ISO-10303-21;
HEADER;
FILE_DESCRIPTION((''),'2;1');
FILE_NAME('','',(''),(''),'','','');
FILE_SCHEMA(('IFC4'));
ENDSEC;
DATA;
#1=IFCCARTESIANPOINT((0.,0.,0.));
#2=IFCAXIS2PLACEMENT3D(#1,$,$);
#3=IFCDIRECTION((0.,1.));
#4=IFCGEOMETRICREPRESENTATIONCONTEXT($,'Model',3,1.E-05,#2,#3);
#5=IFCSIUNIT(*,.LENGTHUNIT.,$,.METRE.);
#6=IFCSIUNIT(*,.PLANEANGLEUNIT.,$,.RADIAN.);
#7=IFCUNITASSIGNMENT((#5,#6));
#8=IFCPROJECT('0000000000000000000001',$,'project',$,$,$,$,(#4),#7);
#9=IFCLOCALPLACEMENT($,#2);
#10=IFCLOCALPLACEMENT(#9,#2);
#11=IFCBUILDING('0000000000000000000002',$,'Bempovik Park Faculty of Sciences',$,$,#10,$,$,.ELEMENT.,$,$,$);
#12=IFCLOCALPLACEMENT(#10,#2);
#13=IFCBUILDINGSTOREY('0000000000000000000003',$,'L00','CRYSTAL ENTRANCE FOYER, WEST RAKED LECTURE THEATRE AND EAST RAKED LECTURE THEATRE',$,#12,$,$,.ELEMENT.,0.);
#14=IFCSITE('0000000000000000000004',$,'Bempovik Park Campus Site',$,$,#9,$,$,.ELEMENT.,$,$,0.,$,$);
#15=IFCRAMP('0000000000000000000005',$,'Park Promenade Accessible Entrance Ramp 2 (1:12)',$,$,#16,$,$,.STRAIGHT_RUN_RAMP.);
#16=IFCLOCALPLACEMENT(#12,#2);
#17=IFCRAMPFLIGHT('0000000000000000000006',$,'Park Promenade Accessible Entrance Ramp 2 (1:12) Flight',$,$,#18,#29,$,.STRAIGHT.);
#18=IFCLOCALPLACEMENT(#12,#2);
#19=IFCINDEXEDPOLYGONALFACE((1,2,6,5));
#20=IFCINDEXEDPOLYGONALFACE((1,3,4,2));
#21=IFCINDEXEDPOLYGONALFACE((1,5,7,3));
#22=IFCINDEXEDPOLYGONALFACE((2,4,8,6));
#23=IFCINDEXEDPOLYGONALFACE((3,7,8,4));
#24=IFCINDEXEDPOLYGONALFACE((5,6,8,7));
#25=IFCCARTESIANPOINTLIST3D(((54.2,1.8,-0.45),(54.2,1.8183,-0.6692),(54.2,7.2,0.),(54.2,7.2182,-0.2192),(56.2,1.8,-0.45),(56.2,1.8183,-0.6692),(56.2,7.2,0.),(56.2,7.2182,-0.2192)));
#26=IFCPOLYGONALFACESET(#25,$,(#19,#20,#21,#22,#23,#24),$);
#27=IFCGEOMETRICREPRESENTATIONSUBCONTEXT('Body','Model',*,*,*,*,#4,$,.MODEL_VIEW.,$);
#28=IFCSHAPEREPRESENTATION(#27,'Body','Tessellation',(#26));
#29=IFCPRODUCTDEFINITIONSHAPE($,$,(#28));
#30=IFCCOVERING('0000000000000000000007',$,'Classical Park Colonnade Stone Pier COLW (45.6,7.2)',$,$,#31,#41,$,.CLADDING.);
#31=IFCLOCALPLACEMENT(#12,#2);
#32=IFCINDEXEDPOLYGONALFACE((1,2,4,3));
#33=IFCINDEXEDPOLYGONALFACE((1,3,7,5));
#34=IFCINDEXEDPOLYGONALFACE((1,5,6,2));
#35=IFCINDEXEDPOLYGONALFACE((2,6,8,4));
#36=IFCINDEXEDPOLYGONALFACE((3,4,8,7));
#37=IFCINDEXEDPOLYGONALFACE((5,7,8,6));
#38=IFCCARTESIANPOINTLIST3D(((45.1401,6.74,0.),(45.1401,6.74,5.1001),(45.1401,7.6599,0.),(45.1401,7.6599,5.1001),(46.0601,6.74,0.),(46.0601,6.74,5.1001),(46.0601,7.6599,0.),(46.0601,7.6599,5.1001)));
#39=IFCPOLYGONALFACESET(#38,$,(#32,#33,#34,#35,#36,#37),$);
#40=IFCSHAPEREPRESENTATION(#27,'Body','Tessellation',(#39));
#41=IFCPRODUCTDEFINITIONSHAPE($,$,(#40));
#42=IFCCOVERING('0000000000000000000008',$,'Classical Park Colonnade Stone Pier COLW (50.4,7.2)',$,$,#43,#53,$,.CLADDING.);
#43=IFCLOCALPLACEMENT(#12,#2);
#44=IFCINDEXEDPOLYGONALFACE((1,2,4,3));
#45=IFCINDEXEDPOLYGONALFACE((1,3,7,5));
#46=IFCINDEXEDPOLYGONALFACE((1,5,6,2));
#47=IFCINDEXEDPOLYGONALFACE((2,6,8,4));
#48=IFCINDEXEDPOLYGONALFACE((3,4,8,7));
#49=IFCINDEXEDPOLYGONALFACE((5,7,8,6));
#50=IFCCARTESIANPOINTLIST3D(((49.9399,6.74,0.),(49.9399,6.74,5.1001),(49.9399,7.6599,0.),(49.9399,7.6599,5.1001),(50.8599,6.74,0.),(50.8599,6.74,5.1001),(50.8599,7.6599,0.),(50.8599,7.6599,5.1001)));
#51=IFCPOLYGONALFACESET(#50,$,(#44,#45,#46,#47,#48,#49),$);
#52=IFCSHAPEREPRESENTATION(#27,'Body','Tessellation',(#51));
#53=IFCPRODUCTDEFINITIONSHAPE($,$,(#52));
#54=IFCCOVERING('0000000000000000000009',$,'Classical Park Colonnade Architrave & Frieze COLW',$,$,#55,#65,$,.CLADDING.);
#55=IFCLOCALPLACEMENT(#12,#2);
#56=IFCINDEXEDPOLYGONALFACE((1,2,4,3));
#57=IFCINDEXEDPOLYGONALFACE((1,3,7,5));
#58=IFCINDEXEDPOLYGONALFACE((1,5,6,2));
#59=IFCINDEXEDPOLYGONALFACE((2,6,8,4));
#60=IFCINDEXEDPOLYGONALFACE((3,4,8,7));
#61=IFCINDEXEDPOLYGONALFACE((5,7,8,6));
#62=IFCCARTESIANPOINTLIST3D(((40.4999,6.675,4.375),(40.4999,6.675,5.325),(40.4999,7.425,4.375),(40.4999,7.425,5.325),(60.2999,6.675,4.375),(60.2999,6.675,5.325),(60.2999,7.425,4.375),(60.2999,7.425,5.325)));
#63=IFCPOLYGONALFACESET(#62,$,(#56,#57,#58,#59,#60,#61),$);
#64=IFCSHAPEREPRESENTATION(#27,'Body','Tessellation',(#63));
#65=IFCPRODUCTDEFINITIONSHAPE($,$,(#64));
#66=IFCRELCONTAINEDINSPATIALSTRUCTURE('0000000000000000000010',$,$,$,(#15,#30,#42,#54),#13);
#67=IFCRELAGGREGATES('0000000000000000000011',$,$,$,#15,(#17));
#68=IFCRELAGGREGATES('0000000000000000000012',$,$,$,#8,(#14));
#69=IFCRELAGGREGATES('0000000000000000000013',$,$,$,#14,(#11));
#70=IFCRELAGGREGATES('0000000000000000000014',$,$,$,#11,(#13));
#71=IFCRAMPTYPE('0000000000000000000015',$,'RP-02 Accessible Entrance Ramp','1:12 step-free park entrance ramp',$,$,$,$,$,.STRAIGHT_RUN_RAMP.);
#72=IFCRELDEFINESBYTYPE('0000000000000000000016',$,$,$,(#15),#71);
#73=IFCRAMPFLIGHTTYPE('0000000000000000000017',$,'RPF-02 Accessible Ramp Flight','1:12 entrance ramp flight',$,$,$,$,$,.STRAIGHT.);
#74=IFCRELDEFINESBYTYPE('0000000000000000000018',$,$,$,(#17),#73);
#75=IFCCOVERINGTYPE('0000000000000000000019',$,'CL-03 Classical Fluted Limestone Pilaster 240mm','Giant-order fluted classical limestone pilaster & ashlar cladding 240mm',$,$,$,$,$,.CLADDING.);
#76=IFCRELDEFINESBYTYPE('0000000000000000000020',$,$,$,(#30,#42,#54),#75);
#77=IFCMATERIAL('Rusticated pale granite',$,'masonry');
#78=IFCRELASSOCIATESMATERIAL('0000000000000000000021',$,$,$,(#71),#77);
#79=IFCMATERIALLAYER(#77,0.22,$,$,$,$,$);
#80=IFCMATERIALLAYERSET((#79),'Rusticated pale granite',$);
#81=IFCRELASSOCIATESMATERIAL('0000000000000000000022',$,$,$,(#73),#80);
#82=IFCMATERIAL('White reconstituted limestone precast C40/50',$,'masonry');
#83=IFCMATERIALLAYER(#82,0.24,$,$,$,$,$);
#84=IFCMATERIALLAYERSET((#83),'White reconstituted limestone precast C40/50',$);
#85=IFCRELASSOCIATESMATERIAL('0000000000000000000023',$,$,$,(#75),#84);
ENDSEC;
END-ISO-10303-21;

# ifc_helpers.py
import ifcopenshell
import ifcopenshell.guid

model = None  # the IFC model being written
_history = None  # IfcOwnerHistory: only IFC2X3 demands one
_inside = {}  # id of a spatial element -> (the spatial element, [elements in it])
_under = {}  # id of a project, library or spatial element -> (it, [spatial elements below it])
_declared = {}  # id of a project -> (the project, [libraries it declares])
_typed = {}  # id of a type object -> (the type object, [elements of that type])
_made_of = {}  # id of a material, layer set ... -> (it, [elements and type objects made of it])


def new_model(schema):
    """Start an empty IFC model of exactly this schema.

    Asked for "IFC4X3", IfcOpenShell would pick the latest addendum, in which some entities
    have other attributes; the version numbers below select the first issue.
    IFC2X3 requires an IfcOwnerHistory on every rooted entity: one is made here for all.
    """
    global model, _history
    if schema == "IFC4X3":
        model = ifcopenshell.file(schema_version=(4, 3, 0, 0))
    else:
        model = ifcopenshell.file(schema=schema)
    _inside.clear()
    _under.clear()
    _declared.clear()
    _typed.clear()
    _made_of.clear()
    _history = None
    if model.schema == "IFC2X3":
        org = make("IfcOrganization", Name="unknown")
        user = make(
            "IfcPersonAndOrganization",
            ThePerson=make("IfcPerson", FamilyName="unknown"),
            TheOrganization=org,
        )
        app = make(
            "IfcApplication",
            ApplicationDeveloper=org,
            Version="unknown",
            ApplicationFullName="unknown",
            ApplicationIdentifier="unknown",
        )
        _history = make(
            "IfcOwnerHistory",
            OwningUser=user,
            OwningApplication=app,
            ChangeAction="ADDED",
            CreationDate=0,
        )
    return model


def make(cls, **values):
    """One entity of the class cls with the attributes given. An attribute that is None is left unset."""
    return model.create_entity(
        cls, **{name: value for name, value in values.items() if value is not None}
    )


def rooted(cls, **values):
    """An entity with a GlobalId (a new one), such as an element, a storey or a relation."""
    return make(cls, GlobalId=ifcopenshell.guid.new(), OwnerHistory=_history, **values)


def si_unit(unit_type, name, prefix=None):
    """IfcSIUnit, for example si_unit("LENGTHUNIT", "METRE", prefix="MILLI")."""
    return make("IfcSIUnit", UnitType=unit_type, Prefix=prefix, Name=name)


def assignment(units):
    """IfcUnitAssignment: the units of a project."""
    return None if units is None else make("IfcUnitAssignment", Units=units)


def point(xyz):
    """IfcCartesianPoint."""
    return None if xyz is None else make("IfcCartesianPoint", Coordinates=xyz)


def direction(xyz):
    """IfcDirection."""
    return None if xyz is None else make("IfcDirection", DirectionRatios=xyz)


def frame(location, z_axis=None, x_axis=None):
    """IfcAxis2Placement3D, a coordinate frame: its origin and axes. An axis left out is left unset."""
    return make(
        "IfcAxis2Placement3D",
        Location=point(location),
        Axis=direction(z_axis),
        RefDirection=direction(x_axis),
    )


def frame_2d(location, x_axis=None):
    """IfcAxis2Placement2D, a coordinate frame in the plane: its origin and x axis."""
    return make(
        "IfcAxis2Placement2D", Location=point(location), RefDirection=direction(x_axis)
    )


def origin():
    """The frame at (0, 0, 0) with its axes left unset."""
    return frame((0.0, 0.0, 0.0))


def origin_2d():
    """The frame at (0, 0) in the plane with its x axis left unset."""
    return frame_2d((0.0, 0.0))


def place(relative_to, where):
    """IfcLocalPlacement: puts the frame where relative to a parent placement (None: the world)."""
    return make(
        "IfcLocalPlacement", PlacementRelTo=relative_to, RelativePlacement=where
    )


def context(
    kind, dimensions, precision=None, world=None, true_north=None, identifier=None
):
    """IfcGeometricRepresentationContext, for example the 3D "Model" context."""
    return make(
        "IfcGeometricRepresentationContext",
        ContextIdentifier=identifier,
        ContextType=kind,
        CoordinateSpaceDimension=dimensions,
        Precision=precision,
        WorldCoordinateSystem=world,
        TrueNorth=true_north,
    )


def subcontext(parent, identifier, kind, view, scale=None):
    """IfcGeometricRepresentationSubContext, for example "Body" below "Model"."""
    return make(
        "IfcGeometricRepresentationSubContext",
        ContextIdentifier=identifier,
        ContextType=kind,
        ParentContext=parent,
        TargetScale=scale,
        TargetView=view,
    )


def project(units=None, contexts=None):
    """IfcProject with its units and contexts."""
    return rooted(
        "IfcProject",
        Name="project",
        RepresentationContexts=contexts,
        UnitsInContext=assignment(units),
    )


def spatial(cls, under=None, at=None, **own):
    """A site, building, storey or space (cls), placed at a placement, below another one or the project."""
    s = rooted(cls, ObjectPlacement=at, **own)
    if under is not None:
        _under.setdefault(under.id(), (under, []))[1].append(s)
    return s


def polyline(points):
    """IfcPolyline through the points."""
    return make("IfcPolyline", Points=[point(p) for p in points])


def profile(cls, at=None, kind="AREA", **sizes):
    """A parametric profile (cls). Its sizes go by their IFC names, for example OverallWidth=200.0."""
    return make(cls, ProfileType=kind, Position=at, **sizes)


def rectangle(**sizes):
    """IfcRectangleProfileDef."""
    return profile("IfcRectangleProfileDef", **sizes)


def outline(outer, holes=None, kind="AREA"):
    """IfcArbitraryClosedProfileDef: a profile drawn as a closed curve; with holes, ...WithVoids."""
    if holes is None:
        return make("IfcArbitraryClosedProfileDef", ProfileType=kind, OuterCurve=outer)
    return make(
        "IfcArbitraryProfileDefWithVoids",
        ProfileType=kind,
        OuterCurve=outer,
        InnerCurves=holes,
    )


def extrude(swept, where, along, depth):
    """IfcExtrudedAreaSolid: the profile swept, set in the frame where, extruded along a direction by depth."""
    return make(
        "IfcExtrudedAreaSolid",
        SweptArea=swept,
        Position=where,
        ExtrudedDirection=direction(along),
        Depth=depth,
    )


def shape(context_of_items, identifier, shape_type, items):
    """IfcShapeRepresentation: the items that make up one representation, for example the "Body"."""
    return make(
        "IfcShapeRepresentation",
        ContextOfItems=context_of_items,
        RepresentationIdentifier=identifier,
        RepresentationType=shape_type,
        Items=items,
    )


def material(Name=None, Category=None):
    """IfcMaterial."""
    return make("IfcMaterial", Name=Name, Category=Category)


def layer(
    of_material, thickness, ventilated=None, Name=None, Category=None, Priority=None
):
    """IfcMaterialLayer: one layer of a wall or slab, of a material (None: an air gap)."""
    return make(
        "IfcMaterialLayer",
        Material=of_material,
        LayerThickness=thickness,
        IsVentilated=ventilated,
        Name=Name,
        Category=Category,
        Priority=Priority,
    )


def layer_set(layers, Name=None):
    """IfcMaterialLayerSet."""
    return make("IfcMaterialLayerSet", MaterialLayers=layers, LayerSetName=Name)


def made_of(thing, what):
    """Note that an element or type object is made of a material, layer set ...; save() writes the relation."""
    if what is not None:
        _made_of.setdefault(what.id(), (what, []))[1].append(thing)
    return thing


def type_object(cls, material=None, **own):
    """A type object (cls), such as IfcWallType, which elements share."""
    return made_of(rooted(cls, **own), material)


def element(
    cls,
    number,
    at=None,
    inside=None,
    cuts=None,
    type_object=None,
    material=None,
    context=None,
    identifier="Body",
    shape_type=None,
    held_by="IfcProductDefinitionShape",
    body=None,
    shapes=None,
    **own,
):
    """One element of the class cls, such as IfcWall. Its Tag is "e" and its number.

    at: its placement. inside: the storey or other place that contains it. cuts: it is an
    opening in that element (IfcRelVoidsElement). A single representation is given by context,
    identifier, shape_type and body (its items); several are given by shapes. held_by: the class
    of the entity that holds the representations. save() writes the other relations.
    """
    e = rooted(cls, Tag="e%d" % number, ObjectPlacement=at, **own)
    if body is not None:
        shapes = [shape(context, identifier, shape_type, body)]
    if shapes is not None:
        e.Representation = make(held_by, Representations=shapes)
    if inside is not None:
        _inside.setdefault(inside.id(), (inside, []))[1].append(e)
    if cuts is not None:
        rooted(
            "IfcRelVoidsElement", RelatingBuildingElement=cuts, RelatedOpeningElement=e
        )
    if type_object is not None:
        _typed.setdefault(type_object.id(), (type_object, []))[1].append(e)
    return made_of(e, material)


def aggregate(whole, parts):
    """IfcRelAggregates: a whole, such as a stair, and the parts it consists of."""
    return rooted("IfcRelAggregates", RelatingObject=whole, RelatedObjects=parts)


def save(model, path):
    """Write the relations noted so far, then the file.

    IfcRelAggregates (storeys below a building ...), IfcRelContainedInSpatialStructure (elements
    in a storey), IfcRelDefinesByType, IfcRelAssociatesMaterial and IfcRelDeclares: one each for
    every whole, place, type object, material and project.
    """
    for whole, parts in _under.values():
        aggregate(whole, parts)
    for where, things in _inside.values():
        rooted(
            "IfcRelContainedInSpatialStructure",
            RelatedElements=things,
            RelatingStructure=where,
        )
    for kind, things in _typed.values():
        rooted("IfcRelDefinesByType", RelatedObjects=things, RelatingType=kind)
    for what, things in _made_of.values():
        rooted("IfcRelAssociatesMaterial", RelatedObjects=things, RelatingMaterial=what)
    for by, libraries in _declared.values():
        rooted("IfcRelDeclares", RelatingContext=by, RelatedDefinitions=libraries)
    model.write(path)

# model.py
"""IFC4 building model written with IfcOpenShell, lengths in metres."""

from ifc_helpers import new_model, si_unit, direction, frame, origin, origin_2d, place, context, subcontext, project, spatial, polyline, rectangle, outline, extrude, material, layer, layer_set, type_object, element, aggregate, save


model = new_model("IFC4")

# Units and contexts
model_context = context("Model", 3, precision=1e-05, world=origin(), true_north=direction((0.0, 1.0)))
body_context = subcontext(model_context, "Body", "Model", "MODEL_VIEW")
ifc_project = project(units=[si_unit("LENGTHUNIT", "METRE"), si_unit("PLANEANGLEUNIT", "RADIAN")], contexts=[model_context])

# Site, building, storey
site_placement = place(None, origin())
site = spatial("IfcSite", under=ifc_project, at=site_placement, Name="Bempovik Park Campus Site", CompositionType="ELEMENT", RefElevation=0.0)
building_placement = place(site_placement, origin())
building = spatial("IfcBuilding", under=site, at=building_placement, Name="Bempovik Park Faculty of Sciences", CompositionType="ELEMENT")
storey_placement = place(building_placement, origin())
storey = spatial("IfcBuildingStorey", under=building, at=storey_placement, Name="L00", Description="CRYSTAL ENTRANCE FOYER, WEST RAKED LECTURE THEATRE AND EAST RAKED LECTURE THEATRE", CompositionType="ELEMENT", Elevation=0.0)

# Ramp, ramp flight
ifc_material_1 = material(Name="Rusticated pale granite", Category="masonry")
ramp_type = type_object("IfcRampType", Name="RP-02 Accessible Entrance Ramp", Description="1:12 step-free park entrance ramp", PredefinedType="STRAIGHT_RUN_RAMP", material=ifc_material_1)
ifc_layer_1 = layer(ifc_material_1, 0.22)
ifc_layer_set_1 = layer_set([ifc_layer_1], Name="Rusticated pale granite")
ramp_flight_type = type_object("IfcRampFlightType", Name="RPF-02 Accessible Ramp Flight", Description="1:12 entrance ramp flight", PredefinedType="STRAIGHT", material=ifc_layer_set_1)
ramp_1_placement = place(storey_placement, origin())
ramp_1 = element("IfcRamp", 1, at=ramp_1_placement, inside=storey, type_object=ramp_type, Name="Park Promenade Accessible Entrance Ramp 2 (1:12)", PredefinedType="STRAIGHT_RUN_RAMP")
ramp_flight_1_placement = place(storey_placement, frame((54.2, 1.8, -0.45), z_axis=(0.0, -0.083038, 0.996546), x_axis=(1.0, 0.0, 0.0)))
ramp_flight_1 = element("IfcRampFlight", 2, at=ramp_flight_1_placement, type_object=ramp_flight_type, Name="Park Promenade Accessible Entrance Ramp 2 (1:12) Flight", PredefinedType="STRAIGHT", context=body_context, shape_type="SweptSolid", body=[
    extrude(outline(polyline([(0.0, 0.0), (2.0, 0.0), (2.0, 5.4186), (0.0, 5.4186), (0.0, 0.0)])), origin(), (0.0, 0.0, -1.0), 0.22),
])
aggregate(ramp_1, [ramp_flight_1])

# Coverings
ifc_material_2 = material(Name="White reconstituted limestone precast C40/50", Category="masonry")
ifc_layer_2 = layer(ifc_material_2, 0.24)
ifc_layer_set_2 = layer_set([ifc_layer_2], Name="White reconstituted limestone precast C40/50")
covering_type = type_object("IfcCoveringType", Name="CL-03 Classical Fluted Limestone Pilaster 240mm", Description="Giant-order fluted classical limestone pilaster & ashlar cladding 240mm", PredefinedType="CLADDING", material=ifc_layer_set_2)
for number, where, z_axis, x_axis, name in (
    (3, (45.6001, 7.2, 0.0), (0.0, 0.0, 1.0), (1.0, 0.0, 0.0), "Classical Park Colonnade Stone Pier COLW (45.6,7.2)"),
    (4, (50.3999, 7.2, 0.0), (0.0, 0.0, 1.0), (1.0, 0.0, 0.0), "Classical Park Colonnade Stone Pier COLW (50.4,7.2)"),
):
    element("IfcCovering", number, at=place(storey_placement, frame(where, z_axis=z_axis, x_axis=x_axis)), inside=storey, type_object=covering_type, Name=name, PredefinedType="CLADDING", context=body_context, shape_type="SweptSolid", body=[
        extrude(rectangle(XDim=0.9199, YDim=0.9199, at=origin_2d()), origin(), (0.0, 0.0, 1.0), 5.1001),
    ])
covering_placement = place(storey_placement, frame((50.3999, 7.05, 4.375), z_axis=(0.0, 0.0, 1.0), x_axis=(1.0, 0.0, 0.0)))
element("IfcCovering", 5, at=covering_placement, inside=storey, type_object=covering_type, Name="Classical Park Colonnade Architrave & Frieze COLW", PredefinedType="CLADDING", context=body_context, shape_type="SweptSolid", body=[
    extrude(rectangle(XDim=19.8, YDim=0.75, at=origin_2d()), origin(), (0.0, 0.0, 1.0), 0.95),
])

save(model, "model.ifc")
